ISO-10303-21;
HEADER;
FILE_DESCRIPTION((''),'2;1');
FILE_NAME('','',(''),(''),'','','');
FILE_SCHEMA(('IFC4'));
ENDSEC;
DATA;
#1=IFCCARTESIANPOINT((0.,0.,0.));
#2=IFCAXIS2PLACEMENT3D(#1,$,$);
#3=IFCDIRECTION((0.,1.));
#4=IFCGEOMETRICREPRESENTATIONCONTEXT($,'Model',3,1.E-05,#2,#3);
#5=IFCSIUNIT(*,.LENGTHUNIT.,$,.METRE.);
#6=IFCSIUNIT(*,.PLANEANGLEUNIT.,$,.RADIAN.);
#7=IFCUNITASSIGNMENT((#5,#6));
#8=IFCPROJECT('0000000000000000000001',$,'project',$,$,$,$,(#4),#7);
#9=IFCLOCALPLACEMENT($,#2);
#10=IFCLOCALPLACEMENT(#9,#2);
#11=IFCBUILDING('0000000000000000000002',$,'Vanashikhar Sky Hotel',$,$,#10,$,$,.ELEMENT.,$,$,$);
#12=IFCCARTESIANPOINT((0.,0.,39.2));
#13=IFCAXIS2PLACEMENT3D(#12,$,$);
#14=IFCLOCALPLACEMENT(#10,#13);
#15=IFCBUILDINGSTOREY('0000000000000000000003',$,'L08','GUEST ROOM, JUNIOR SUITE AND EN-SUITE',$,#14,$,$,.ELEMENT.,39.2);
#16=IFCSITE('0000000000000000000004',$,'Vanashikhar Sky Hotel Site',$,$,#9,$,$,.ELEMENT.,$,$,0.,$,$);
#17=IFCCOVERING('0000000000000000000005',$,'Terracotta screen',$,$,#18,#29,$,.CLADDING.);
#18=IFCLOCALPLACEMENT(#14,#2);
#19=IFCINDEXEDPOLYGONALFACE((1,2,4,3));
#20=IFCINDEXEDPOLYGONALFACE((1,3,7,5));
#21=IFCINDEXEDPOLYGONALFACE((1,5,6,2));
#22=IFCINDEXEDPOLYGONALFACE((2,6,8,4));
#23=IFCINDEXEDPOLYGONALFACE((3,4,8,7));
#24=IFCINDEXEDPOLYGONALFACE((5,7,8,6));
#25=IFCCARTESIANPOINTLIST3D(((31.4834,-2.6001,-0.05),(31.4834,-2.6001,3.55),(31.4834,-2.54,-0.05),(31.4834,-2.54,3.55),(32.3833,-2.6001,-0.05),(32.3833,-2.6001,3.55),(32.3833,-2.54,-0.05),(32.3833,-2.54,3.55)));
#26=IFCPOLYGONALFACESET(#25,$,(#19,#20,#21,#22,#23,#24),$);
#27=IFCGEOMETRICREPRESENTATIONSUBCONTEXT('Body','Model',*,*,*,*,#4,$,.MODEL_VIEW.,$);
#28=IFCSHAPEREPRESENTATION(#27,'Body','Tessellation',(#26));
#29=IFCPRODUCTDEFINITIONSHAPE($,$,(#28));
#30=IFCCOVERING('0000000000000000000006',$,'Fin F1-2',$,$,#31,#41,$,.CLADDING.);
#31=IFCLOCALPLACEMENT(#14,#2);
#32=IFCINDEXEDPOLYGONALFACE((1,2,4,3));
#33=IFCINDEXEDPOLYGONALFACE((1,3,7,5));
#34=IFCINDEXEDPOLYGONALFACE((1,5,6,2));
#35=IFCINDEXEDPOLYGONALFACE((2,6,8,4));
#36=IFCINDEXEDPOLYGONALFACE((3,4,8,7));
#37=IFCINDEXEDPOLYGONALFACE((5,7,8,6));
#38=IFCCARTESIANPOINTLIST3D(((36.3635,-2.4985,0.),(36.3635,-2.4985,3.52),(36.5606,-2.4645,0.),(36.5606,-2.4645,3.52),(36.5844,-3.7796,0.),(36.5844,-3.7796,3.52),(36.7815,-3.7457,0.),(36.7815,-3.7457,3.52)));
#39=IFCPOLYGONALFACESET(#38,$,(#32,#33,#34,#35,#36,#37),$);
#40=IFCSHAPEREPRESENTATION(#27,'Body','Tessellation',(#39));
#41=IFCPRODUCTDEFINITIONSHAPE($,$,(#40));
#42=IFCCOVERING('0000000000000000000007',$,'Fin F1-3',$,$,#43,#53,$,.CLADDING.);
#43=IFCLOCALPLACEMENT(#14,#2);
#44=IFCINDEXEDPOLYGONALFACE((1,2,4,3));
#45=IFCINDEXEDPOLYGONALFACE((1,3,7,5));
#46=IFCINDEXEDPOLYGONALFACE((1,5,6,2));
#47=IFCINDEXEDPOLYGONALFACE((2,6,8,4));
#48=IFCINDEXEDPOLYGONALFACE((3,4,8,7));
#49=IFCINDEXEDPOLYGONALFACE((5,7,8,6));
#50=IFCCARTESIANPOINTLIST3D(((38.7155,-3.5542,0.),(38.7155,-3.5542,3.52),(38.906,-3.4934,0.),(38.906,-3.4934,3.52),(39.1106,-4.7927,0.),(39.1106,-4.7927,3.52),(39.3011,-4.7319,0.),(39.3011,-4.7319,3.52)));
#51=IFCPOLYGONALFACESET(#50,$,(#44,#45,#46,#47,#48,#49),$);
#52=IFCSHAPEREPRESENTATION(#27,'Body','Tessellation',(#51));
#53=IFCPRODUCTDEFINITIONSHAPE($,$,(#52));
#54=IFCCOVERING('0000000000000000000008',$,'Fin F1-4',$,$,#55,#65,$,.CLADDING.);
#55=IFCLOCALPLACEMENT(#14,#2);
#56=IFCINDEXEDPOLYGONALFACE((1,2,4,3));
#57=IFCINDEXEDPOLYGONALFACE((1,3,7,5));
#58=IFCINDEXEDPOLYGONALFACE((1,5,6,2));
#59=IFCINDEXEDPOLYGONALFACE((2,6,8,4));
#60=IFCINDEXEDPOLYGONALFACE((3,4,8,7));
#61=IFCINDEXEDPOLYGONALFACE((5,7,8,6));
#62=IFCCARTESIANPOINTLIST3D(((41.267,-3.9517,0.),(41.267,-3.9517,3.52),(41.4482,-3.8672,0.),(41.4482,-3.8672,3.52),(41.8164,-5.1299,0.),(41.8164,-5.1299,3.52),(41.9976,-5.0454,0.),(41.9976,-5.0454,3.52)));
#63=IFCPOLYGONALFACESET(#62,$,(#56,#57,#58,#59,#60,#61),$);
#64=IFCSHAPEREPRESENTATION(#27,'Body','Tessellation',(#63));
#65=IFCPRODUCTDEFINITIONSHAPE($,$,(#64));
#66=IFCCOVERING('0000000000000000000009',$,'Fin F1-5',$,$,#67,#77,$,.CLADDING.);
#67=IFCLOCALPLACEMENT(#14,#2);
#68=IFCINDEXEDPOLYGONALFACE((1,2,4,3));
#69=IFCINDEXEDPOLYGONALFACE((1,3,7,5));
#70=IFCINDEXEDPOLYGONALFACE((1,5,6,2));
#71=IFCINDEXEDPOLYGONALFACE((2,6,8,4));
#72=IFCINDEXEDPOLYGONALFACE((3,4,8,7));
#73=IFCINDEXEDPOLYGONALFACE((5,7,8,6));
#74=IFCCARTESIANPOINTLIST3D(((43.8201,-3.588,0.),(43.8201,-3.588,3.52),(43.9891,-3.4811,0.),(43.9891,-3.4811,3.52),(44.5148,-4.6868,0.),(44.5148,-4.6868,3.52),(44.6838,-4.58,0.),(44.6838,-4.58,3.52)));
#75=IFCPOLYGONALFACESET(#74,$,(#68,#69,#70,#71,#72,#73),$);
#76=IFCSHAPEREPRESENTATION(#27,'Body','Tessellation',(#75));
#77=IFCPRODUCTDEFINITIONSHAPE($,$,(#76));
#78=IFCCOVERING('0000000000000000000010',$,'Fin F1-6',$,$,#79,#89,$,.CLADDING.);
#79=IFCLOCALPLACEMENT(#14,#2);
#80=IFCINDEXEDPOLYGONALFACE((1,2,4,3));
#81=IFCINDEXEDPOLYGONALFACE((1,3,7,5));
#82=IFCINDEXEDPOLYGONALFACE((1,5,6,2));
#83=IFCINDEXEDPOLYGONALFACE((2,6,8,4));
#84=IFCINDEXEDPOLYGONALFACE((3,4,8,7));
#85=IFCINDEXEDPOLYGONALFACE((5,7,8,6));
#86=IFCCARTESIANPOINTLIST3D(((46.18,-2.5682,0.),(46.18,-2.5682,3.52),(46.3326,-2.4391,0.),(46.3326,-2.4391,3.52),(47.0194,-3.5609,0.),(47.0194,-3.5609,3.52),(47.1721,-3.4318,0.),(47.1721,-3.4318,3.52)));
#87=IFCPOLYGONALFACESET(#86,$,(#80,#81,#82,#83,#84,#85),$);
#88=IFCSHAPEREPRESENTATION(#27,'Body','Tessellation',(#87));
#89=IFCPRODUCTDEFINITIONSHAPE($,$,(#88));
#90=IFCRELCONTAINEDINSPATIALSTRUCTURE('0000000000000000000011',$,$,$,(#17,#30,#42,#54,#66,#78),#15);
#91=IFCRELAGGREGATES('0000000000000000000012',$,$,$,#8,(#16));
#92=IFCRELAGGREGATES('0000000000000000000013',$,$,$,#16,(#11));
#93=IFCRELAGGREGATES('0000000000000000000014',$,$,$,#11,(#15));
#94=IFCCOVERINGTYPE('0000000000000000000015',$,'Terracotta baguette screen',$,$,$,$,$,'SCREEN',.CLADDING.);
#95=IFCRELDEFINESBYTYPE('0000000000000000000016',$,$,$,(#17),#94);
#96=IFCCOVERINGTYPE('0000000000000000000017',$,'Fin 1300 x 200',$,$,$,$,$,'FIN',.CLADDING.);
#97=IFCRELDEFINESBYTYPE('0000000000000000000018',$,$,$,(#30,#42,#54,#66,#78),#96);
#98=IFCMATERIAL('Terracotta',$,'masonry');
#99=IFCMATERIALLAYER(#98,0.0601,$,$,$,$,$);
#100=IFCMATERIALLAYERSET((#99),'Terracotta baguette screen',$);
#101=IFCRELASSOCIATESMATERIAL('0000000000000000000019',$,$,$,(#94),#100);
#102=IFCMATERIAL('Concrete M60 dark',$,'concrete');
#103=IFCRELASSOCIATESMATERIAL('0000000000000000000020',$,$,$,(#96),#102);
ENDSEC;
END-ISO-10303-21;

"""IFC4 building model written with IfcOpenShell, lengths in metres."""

from ifc_helpers import new_model, si_unit, direction, frame, origin, origin_2d, place, context, subcontext, project, spatial, rectangle, extrude, source, transform, mapped, material, layer, layer_set, material_profile, profile_set, type_object, element, save


model = new_model("IFC4")

# Units and contexts
model_context = context("Model", 3, precision=1e-05, world=origin(), true_north=direction((0.0, 1.0)))
body_context = subcontext(model_context, "Body", "Model", "MODEL_VIEW")
ifc_project = project(units=[si_unit("LENGTHUNIT", "METRE"), si_unit("PLANEANGLEUNIT", "RADIAN")], contexts=[model_context])

# Site, building, storey
site_placement = place(None, origin())
site = spatial("IfcSite", under=ifc_project, at=site_placement, Name="Vanashikhar Sky Hotel Site", CompositionType="ELEMENT", RefElevation=0.0)
building_placement = place(site_placement, origin())
building = spatial("IfcBuilding", under=site, at=building_placement, Name="Vanashikhar Sky Hotel", CompositionType="ELEMENT")
storey_placement = place(building_placement, frame((0.0, 0.0, 39.2)))
storey = spatial("IfcBuildingStorey", under=building, at=storey_placement, Name="L08", Description="GUEST ROOM, JUNIOR SUITE AND EN-SUITE", CompositionType="ELEMENT", Elevation=39.2)

# Coverings
ifc_material_1 = material(Name="Terracotta", Category="masonry")
ifc_layer_1 = layer(ifc_material_1, 0.0601)
ifc_layer_set_1 = layer_set([ifc_layer_1], Name="Terracotta baguette screen")
covering_type_1 = type_object("IfcCoveringType", Name="Terracotta baguette screen", ElementType="SCREEN", PredefinedType="CLADDING", material=ifc_layer_set_1)
shared_shape_1 = source(origin(), body_context, "Body", "SweptSolid", [
    extrude(rectangle(XDim=0.8999, YDim=0.0601, at=origin_2d()), origin(), (0.0, 0.0, 1.0), 3.6001),
])
covering_placement = place(storey_placement, frame((31.9333, -2.5701, -0.05), z_axis=(0.0, 0.0, 1.0), x_axis=(1.0, 0.0, 0.0)))
element("IfcCovering", 1, at=covering_placement, inside=storey, type_object=covering_type_1, Name="Terracotta screen", PredefinedType="CLADDING", context=body_context, shape_type="MappedRepresentation", body=[
    mapped(shared_shape_1, transform((0.0, 0.0, 0.0), scale=1.0)),
])
ifc_material_2 = material(Name="Concrete M60 dark", Category="concrete")
ifc_material_profile = material_profile(ifc_material_2, rectangle(XDim=1.3, YDim=0.2, at=origin_2d()))
ifc_profile_set = profile_set([ifc_material_profile], Name="Fin 1300 x 200")
covering_type_2 = type_object("IfcCoveringType", Name="Fin 1300 x 200", ElementType="FIN", PredefinedType="CLADDING", material=ifc_profile_set)
shared_shape_2 = source(origin(), body_context, "Body", "SweptSolid", [
    extrude(rectangle(XDim=1.3, YDim=0.2, at=origin_2d()), origin(), (0.0, 0.0, 1.0), 3.52),
])
for number, where, z_axis, x_axis, name in (
    (2, (36.5725, -3.1221, 0.0), (0.0, 0.0, 1.0), (0.1699, -0.985461, 0.0), "Fin F1-2"),
    (3, (39.0083, -4.1431, 0.0), (0.0, 0.0, 1.0), (0.303967, -0.952683, 0.0), "Fin F1-3"),
    (4, (41.6323, -4.4985, 0.0), (0.0, 0.0, 1.0), (0.422618, -0.906308, 0.0), "Fin F1-4"),
    (5, (44.252, -4.084, 0.0), (0.0, 0.0, 1.0), (0.534411, -0.845225, 0.0), "Fin F1-5"),
    (6, (46.676, -3.0, 0.0), (0.0, 0.0, 1.0), (0.645698, -0.763593, 0.0), "Fin F1-6"),
):
    element("IfcCovering", number, at=place(storey_placement, frame(where, z_axis=z_axis, x_axis=x_axis)), inside=storey, type_object=covering_type_2, Name=name, PredefinedType="CLADDING", context=body_context, shape_type="MappedRepresentation", body=[
        mapped(shared_shape_2, transform((0.0, 0.0, 0.0), scale=1.0)),
    ])

save(model, "model.ifc")
